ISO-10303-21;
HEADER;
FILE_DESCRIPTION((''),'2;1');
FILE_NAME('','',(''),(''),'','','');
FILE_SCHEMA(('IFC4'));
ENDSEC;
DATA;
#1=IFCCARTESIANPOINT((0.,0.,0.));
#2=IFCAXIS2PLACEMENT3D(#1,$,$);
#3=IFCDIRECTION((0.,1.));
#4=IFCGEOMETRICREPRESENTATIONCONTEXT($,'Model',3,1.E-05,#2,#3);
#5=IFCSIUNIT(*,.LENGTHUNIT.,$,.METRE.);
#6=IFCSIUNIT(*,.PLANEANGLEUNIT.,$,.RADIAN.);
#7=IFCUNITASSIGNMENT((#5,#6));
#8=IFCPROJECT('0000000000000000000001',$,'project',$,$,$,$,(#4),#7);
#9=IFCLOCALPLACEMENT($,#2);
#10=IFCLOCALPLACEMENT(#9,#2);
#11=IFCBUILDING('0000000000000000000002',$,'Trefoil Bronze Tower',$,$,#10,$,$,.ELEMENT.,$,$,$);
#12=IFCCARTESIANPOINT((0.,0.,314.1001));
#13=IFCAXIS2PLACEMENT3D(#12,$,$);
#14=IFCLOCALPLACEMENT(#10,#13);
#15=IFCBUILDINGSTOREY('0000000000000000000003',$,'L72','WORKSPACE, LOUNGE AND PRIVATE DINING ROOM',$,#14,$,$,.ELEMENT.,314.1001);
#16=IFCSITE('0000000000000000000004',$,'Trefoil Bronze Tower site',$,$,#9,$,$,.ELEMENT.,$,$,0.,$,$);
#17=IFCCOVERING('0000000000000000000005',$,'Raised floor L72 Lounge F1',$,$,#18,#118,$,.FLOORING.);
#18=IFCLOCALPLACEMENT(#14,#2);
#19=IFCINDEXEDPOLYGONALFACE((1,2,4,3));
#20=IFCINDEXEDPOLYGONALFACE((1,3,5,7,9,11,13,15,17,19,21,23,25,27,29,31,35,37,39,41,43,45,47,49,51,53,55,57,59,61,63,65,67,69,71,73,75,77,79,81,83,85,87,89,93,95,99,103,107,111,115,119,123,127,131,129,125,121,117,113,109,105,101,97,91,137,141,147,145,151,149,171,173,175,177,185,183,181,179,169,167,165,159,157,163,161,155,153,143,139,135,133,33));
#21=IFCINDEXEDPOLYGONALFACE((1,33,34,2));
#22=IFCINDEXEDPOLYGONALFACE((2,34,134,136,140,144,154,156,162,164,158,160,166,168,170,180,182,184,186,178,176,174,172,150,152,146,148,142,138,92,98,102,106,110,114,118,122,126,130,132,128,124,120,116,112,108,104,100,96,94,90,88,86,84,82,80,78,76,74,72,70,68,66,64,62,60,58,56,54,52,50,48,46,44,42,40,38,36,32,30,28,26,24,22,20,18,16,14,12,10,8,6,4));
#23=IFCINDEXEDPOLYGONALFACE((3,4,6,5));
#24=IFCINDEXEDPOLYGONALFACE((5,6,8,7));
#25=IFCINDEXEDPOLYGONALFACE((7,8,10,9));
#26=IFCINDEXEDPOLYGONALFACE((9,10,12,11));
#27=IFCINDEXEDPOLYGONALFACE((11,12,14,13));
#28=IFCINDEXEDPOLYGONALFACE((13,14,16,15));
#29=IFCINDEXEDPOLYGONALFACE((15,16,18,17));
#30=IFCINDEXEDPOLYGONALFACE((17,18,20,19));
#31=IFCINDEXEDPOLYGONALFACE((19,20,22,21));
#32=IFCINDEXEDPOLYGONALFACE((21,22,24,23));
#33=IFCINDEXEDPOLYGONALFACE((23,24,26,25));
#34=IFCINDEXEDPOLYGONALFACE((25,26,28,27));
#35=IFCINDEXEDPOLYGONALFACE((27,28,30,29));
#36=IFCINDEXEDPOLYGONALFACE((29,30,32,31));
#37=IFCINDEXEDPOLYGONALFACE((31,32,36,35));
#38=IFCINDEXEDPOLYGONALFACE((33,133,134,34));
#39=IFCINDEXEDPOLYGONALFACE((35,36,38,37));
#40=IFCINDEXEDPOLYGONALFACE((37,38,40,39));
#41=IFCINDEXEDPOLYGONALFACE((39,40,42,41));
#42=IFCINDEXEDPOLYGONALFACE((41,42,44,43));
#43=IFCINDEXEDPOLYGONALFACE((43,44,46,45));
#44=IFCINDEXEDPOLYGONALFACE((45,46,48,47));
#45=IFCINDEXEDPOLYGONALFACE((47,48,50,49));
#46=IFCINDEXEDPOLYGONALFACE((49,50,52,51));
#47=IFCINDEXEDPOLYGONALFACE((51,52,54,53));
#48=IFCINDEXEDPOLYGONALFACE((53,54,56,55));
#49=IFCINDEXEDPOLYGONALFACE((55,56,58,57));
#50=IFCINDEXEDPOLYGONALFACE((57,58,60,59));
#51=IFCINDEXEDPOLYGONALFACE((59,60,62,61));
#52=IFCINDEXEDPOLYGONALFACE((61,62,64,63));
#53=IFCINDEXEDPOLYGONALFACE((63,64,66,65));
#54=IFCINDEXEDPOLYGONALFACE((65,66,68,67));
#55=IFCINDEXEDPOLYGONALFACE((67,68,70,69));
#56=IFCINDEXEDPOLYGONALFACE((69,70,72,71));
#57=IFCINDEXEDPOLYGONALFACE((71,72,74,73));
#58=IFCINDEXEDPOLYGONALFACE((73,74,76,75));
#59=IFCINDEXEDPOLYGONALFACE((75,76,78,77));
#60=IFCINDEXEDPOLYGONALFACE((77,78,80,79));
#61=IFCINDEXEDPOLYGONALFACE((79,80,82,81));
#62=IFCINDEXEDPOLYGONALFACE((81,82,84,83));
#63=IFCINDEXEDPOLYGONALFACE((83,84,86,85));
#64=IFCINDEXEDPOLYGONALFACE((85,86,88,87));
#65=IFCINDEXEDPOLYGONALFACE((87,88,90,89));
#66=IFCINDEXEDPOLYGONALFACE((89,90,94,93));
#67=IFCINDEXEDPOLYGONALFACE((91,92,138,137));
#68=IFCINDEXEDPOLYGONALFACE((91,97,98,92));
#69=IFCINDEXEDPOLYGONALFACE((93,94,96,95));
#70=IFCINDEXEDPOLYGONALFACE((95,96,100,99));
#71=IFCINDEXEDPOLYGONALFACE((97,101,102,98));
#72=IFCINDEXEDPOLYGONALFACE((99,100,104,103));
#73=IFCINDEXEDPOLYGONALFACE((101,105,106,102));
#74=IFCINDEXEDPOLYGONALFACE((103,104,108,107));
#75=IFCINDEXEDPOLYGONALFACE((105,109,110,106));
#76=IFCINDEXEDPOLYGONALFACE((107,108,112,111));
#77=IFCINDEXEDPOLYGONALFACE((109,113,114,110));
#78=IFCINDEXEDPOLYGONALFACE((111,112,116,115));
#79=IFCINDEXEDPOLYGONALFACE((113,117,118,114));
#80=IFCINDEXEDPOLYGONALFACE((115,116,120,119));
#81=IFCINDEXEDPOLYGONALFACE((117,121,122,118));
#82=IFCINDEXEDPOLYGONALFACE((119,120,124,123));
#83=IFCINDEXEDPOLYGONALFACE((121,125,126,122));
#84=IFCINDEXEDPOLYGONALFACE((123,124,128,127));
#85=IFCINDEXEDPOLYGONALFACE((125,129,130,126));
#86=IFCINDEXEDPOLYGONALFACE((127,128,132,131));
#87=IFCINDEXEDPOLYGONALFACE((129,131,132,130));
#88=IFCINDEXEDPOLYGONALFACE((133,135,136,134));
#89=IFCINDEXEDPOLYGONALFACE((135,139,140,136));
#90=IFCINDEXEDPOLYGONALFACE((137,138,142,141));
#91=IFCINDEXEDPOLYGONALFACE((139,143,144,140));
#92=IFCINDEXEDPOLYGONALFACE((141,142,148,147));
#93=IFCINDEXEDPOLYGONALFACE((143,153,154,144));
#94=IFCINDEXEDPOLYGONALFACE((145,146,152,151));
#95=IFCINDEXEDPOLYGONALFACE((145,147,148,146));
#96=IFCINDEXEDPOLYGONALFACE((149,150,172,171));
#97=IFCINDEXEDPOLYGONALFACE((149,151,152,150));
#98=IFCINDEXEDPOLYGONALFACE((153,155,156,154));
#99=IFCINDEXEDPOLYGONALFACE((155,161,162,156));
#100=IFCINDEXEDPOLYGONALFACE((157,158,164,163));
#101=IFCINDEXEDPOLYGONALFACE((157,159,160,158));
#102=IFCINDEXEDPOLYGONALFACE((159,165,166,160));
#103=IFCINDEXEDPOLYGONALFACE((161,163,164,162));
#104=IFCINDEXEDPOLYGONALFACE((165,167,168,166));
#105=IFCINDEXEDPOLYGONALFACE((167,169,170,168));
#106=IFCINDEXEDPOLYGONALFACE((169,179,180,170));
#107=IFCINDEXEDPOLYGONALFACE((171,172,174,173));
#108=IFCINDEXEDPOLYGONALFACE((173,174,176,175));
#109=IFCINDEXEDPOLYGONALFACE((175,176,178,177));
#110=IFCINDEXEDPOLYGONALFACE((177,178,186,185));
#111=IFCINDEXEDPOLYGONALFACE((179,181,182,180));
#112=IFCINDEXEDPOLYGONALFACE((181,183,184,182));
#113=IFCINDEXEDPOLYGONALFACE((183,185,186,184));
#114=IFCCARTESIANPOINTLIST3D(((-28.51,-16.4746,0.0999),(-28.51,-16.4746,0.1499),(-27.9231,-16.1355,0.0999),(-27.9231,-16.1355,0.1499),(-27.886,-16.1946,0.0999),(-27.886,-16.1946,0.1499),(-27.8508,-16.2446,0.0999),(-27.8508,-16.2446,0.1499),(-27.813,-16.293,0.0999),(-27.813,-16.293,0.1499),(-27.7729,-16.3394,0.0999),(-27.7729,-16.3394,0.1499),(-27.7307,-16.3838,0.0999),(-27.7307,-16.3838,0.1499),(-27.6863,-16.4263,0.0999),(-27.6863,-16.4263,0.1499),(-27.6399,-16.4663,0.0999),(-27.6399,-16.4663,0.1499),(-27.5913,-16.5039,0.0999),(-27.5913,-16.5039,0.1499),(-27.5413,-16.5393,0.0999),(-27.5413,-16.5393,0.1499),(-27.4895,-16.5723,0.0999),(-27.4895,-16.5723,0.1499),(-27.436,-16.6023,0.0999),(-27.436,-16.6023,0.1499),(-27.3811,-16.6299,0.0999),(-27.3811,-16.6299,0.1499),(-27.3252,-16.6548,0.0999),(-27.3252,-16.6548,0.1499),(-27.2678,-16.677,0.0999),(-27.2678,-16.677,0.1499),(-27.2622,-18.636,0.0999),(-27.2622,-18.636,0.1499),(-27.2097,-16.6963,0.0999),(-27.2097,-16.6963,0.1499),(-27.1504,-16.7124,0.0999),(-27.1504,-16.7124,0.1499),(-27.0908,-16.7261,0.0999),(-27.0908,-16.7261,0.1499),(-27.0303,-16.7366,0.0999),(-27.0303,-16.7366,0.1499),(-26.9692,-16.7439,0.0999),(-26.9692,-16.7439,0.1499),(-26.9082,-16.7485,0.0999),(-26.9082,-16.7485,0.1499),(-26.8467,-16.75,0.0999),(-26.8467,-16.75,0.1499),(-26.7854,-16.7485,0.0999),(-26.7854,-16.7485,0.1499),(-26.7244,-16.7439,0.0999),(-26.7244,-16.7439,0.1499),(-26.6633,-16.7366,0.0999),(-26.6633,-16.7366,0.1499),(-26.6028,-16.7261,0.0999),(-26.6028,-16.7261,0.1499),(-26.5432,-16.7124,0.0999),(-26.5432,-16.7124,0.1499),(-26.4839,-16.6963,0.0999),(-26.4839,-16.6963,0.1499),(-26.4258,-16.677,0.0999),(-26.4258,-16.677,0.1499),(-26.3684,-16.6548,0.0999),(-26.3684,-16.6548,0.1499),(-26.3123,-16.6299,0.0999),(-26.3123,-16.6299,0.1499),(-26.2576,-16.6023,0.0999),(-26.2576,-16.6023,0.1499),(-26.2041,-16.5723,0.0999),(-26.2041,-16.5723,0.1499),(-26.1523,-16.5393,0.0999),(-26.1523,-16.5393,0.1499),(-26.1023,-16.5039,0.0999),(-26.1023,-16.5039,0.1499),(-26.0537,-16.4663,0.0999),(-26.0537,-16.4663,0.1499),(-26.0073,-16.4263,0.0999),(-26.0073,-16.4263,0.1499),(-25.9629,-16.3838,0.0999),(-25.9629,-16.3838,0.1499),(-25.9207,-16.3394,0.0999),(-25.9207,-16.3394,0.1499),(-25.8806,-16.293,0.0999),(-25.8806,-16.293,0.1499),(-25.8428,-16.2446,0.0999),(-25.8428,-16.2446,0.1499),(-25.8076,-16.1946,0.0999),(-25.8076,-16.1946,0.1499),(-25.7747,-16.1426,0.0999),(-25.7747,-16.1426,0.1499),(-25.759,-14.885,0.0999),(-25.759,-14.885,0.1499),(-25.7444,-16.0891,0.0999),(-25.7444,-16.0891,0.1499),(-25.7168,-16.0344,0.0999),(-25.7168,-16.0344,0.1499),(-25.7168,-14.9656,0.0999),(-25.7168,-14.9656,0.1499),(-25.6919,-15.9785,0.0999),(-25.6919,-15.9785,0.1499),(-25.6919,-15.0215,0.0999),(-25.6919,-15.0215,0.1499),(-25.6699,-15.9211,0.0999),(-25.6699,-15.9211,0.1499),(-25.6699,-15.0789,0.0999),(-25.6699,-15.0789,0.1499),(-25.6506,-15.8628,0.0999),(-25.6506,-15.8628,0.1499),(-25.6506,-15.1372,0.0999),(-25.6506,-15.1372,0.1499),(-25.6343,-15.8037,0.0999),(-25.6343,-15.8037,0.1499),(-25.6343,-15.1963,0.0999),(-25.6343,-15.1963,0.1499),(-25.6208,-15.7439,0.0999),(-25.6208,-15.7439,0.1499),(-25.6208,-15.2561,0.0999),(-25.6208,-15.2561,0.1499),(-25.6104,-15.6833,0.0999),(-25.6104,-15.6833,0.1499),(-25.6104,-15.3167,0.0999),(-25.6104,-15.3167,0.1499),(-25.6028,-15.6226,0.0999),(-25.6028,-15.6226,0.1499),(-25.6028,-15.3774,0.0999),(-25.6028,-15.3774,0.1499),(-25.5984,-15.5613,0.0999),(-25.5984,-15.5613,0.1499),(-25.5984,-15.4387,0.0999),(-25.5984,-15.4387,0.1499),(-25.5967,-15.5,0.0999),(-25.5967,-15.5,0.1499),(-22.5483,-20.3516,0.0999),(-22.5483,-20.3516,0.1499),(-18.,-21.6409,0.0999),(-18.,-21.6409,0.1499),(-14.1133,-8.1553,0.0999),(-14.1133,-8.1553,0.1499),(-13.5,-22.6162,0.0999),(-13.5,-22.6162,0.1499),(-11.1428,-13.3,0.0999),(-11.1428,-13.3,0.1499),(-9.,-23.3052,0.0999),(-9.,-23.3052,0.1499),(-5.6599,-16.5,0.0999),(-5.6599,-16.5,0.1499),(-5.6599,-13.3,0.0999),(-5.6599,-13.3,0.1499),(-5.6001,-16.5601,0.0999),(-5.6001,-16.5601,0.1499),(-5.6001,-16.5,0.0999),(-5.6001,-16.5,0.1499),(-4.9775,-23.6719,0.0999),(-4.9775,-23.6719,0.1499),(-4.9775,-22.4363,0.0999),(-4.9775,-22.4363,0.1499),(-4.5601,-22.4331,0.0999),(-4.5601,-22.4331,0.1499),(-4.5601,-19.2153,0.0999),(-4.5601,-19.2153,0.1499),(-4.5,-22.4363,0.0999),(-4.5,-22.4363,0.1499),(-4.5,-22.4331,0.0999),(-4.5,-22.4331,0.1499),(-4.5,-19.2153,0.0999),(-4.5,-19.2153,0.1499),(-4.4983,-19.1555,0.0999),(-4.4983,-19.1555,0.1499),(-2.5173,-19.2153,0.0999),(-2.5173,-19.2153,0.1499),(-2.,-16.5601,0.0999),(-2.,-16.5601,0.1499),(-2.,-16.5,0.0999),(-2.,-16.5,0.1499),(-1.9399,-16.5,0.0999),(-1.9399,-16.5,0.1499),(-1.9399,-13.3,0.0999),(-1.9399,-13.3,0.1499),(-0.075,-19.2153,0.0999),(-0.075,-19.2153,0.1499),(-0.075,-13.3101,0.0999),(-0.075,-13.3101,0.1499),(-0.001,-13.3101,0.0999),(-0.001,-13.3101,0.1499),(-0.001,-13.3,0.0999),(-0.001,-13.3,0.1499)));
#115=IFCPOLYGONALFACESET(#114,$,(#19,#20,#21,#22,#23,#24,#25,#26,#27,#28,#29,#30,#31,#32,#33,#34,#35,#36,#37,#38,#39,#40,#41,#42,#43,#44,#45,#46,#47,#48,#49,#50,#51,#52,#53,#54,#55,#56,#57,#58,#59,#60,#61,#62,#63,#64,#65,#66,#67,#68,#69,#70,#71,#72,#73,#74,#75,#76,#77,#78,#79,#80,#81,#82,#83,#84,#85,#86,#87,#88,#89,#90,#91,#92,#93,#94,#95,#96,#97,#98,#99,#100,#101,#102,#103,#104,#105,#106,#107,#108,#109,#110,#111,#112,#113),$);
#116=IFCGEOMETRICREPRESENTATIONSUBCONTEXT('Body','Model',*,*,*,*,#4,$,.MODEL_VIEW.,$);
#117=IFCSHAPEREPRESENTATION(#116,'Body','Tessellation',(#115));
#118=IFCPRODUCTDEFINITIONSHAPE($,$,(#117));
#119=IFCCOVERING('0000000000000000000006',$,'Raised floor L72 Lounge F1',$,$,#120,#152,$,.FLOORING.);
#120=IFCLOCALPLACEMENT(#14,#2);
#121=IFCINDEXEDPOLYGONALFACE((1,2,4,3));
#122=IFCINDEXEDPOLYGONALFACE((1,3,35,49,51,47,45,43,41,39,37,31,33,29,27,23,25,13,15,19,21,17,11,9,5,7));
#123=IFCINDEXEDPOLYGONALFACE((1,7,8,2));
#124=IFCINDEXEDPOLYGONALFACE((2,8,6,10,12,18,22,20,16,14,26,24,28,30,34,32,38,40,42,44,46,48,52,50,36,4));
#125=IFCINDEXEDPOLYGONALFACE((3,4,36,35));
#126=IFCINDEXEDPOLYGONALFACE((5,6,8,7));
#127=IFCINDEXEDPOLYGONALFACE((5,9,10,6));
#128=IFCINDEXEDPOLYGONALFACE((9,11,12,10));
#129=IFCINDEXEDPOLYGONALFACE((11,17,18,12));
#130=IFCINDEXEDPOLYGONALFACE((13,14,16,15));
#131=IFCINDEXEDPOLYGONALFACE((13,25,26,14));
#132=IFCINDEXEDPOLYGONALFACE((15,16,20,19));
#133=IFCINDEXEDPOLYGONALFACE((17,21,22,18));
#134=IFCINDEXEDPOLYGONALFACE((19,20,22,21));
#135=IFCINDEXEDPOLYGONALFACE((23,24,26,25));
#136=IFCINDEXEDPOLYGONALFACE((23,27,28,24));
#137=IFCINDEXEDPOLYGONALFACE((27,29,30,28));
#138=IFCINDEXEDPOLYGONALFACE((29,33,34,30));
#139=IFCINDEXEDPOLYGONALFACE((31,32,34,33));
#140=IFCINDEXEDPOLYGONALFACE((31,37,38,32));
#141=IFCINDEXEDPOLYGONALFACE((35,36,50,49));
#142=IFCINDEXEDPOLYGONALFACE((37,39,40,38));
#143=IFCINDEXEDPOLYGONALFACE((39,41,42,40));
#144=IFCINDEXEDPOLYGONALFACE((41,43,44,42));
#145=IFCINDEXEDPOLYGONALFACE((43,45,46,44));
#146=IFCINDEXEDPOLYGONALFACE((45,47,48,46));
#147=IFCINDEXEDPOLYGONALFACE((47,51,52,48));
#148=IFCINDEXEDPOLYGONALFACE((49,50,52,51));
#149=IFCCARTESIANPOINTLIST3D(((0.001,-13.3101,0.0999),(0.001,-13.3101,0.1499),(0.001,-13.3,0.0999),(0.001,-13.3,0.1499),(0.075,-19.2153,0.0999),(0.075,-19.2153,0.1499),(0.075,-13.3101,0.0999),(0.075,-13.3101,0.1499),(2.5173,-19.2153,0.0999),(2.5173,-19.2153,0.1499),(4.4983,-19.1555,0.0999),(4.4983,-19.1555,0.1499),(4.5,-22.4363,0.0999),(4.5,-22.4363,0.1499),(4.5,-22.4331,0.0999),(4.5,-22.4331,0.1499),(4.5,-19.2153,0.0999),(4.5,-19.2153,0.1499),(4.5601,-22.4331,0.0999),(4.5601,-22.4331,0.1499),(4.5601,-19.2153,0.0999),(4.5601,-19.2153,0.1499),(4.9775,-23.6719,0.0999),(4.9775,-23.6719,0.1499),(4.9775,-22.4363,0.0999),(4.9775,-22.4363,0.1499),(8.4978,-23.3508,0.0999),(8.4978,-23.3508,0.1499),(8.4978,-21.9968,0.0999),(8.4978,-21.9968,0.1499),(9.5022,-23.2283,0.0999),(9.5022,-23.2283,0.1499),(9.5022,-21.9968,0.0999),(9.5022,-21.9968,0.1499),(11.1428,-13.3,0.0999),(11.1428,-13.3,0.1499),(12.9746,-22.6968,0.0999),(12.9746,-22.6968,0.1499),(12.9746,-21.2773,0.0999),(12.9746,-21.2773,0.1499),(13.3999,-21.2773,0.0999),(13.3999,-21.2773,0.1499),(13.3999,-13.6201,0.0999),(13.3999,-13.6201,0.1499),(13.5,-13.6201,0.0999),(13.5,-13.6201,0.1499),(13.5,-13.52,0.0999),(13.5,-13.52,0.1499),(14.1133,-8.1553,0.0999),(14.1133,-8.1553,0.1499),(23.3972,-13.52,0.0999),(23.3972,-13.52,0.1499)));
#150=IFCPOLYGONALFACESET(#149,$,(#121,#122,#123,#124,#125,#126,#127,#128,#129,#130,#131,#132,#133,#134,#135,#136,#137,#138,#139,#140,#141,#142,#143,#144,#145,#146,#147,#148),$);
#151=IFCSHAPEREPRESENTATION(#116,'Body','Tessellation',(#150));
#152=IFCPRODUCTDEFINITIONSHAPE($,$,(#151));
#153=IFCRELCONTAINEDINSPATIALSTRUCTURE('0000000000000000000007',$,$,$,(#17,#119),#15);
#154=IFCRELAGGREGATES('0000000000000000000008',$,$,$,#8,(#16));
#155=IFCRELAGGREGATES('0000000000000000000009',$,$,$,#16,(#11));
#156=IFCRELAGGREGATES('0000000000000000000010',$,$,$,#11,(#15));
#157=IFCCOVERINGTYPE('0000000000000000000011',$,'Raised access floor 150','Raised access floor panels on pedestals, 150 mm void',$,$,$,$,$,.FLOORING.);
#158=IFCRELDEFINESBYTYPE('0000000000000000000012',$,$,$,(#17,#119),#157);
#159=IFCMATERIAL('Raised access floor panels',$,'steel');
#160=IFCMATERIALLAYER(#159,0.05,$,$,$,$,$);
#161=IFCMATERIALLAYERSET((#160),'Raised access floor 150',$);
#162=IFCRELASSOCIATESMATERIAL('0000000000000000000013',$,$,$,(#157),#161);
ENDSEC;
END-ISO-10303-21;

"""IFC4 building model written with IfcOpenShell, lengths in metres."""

from ifc_helpers import new_model, si_unit, direction, frame, origin, place, context, subcontext, project, spatial, polyline, outline, extrude, material, layer, layer_set, type_object, element, save


model = new_model("IFC4")

# Units and contexts
model_context = context("Model", 3, precision=1e-05, world=origin(), true_north=direction((0.0, 1.0)))
body_context = subcontext(model_context, "Body", "Model", "MODEL_VIEW")
ifc_project = project(units=[si_unit("LENGTHUNIT", "METRE"), si_unit("PLANEANGLEUNIT", "RADIAN")], contexts=[model_context])

# Site, building, storey
site_placement = place(None, origin())
site = spatial("IfcSite", under=ifc_project, at=site_placement, Name="Trefoil Bronze Tower site", CompositionType="ELEMENT", RefElevation=0.0)
building_placement = place(site_placement, origin())
building = spatial("IfcBuilding", under=site, at=building_placement, Name="Trefoil Bronze Tower", CompositionType="ELEMENT")
storey_placement = place(building_placement, frame((0.0, 0.0, 314.1001)))
storey = spatial("IfcBuildingStorey", under=building, at=storey_placement, Name="L72", Description="WORKSPACE, LOUNGE AND PRIVATE DINING ROOM", CompositionType="ELEMENT", Elevation=314.1001)

# Coverings
ifc_material_1 = material(Name="Raised access floor panels", Category="steel")
ifc_layer_1 = layer(ifc_material_1, 0.05)
ifc_layer_set_1 = layer_set([ifc_layer_1], Name="Raised access floor 150")
covering_type_1 = type_object("IfcCoveringType", Name="Raised access floor 150", Description="Raised access floor panels on pedestals, 150 mm void", PredefinedType="FLOORING", material=ifc_layer_set_1)
covering_1_placement = place(storey_placement, frame((0.0, 0.0, 0.0999)))
element("IfcCovering", 1, at=covering_1_placement, inside=storey, type_object=covering_type_1, Name="Raised floor L72 Lounge F1", PredefinedType="FLOORING", context=body_context, shape_type="SweptSolid", body=[
    extrude(outline(polyline([(-25.759, -14.885), (-14.1133, -8.1553), (-11.1428, -13.3), (-5.6599, -13.3), (-5.6599, -16.5), (-5.6001, -16.5), (-5.6001, -16.5601), (-2.0, -16.5601), (-2.0, -16.5), (-1.9399, -16.5), (-1.9399, -13.3), (-0.001, -13.3), (-0.001, -13.3101), (-0.075, -13.3101), (-0.075, -19.2153), (-2.5173, -19.2153), (-4.4983, -19.1555), (-4.5, -19.2153), (-4.5601, -19.2153), (-4.5601, -22.4331), (-4.5, -22.4331), (-4.5, -22.4363), (-4.9775, -22.4363), (-4.9775, -23.6719), (-9.0, -23.3052), (-13.5, -22.6162), (-18.0, -21.6409), (-22.5483, -20.3516), (-27.2622, -18.636), (-28.51, -16.4746), (-27.9231, -16.1355), (-27.886, -16.1946), (-27.8508, -16.2446), (-27.813, -16.293), (-27.7729, -16.3394), (-27.7307, -16.3838), (-27.6863, -16.4263), (-27.6399, -16.4663), (-27.5913, -16.5039), (-27.5413, -16.5393), (-27.4895, -16.5723), (-27.436, -16.6023), (-27.3811, -16.6299), (-27.3252, -16.6548), (-27.2678, -16.677), (-27.2097, -16.6963), (-27.1504, -16.7124), (-27.0908, -16.7261), (-27.0303, -16.7366), (-26.9692, -16.7439), (-26.9082, -16.7485), (-26.8467, -16.75), (-26.7854, -16.7485), (-26.7244, -16.7439), (-26.6633, -16.7366), (-26.6028, -16.7261), (-26.5432, -16.7124), (-26.4839, -16.6963), (-26.4258, -16.677), (-26.3684, -16.6548), (-26.3123, -16.6299), (-26.2576, -16.6023), (-26.2041, -16.5723), (-26.1523, -16.5393), (-26.1023, -16.5039), (-26.0537, -16.4663), (-26.0073, -16.4263), (-25.9629, -16.3838), (-25.9207, -16.3394), (-25.8806, -16.293), (-25.8428, -16.2446), (-25.8076, -16.1946), (-25.7747, -16.1426), (-25.7444, -16.0891), (-25.7168, -16.0344), (-25.6919, -15.9785), (-25.6699, -15.9211), (-25.6506, -15.8628), (-25.6343, -15.8037), (-25.6208, -15.7439), (-25.6104, -15.6833), (-25.6028, -15.6226), (-25.5984, -15.5613), (-25.5967, -15.5), (-25.5984, -15.4387), (-25.6028, -15.3774), (-25.6104, -15.3167), (-25.6208, -15.2561), (-25.6343, -15.1963), (-25.6506, -15.1372), (-25.6699, -15.0789), (-25.6919, -15.0215), (-25.7168, -14.9656), (-25.759, -14.885)])), origin(), (0.0, 0.0, 1.0), 0.05),
])
covering_2_placement = place(storey_placement, frame((0.0, 0.0, 0.0999)))
element("IfcCovering", 2, at=covering_2_placement, inside=storey, type_object=covering_type_1, Name="Raised floor L72 Lounge F1", PredefinedType="FLOORING", context=body_context, shape_type="SweptSolid", body=[
    extrude(outline(polyline([(4.9775, -23.6719), (4.9775, -22.4363), (4.5, -22.4363), (4.5, -22.4331), (4.5601, -22.4331), (4.5601, -19.2153), (4.5, -19.2153), (4.4983, -19.1555), (2.5173, -19.2153), (0.075, -19.2153), (0.075, -13.3101), (0.001, -13.3101), (0.001, -13.3), (11.1428, -13.3), (14.1133, -8.1553), (23.3972, -13.52), (13.5, -13.52), (13.5, -13.6201), (13.3999, -13.6201), (13.3999, -21.2773), (12.9746, -21.2773), (12.9746, -22.6968), (9.5022, -23.2283), (9.5022, -21.9968), (8.4978, -21.9968), (8.4978, -23.3508), (4.9775, -23.6719)])), origin(), (0.0, 0.0, 1.0), 0.05),
])

save(model, "model.ifc")
